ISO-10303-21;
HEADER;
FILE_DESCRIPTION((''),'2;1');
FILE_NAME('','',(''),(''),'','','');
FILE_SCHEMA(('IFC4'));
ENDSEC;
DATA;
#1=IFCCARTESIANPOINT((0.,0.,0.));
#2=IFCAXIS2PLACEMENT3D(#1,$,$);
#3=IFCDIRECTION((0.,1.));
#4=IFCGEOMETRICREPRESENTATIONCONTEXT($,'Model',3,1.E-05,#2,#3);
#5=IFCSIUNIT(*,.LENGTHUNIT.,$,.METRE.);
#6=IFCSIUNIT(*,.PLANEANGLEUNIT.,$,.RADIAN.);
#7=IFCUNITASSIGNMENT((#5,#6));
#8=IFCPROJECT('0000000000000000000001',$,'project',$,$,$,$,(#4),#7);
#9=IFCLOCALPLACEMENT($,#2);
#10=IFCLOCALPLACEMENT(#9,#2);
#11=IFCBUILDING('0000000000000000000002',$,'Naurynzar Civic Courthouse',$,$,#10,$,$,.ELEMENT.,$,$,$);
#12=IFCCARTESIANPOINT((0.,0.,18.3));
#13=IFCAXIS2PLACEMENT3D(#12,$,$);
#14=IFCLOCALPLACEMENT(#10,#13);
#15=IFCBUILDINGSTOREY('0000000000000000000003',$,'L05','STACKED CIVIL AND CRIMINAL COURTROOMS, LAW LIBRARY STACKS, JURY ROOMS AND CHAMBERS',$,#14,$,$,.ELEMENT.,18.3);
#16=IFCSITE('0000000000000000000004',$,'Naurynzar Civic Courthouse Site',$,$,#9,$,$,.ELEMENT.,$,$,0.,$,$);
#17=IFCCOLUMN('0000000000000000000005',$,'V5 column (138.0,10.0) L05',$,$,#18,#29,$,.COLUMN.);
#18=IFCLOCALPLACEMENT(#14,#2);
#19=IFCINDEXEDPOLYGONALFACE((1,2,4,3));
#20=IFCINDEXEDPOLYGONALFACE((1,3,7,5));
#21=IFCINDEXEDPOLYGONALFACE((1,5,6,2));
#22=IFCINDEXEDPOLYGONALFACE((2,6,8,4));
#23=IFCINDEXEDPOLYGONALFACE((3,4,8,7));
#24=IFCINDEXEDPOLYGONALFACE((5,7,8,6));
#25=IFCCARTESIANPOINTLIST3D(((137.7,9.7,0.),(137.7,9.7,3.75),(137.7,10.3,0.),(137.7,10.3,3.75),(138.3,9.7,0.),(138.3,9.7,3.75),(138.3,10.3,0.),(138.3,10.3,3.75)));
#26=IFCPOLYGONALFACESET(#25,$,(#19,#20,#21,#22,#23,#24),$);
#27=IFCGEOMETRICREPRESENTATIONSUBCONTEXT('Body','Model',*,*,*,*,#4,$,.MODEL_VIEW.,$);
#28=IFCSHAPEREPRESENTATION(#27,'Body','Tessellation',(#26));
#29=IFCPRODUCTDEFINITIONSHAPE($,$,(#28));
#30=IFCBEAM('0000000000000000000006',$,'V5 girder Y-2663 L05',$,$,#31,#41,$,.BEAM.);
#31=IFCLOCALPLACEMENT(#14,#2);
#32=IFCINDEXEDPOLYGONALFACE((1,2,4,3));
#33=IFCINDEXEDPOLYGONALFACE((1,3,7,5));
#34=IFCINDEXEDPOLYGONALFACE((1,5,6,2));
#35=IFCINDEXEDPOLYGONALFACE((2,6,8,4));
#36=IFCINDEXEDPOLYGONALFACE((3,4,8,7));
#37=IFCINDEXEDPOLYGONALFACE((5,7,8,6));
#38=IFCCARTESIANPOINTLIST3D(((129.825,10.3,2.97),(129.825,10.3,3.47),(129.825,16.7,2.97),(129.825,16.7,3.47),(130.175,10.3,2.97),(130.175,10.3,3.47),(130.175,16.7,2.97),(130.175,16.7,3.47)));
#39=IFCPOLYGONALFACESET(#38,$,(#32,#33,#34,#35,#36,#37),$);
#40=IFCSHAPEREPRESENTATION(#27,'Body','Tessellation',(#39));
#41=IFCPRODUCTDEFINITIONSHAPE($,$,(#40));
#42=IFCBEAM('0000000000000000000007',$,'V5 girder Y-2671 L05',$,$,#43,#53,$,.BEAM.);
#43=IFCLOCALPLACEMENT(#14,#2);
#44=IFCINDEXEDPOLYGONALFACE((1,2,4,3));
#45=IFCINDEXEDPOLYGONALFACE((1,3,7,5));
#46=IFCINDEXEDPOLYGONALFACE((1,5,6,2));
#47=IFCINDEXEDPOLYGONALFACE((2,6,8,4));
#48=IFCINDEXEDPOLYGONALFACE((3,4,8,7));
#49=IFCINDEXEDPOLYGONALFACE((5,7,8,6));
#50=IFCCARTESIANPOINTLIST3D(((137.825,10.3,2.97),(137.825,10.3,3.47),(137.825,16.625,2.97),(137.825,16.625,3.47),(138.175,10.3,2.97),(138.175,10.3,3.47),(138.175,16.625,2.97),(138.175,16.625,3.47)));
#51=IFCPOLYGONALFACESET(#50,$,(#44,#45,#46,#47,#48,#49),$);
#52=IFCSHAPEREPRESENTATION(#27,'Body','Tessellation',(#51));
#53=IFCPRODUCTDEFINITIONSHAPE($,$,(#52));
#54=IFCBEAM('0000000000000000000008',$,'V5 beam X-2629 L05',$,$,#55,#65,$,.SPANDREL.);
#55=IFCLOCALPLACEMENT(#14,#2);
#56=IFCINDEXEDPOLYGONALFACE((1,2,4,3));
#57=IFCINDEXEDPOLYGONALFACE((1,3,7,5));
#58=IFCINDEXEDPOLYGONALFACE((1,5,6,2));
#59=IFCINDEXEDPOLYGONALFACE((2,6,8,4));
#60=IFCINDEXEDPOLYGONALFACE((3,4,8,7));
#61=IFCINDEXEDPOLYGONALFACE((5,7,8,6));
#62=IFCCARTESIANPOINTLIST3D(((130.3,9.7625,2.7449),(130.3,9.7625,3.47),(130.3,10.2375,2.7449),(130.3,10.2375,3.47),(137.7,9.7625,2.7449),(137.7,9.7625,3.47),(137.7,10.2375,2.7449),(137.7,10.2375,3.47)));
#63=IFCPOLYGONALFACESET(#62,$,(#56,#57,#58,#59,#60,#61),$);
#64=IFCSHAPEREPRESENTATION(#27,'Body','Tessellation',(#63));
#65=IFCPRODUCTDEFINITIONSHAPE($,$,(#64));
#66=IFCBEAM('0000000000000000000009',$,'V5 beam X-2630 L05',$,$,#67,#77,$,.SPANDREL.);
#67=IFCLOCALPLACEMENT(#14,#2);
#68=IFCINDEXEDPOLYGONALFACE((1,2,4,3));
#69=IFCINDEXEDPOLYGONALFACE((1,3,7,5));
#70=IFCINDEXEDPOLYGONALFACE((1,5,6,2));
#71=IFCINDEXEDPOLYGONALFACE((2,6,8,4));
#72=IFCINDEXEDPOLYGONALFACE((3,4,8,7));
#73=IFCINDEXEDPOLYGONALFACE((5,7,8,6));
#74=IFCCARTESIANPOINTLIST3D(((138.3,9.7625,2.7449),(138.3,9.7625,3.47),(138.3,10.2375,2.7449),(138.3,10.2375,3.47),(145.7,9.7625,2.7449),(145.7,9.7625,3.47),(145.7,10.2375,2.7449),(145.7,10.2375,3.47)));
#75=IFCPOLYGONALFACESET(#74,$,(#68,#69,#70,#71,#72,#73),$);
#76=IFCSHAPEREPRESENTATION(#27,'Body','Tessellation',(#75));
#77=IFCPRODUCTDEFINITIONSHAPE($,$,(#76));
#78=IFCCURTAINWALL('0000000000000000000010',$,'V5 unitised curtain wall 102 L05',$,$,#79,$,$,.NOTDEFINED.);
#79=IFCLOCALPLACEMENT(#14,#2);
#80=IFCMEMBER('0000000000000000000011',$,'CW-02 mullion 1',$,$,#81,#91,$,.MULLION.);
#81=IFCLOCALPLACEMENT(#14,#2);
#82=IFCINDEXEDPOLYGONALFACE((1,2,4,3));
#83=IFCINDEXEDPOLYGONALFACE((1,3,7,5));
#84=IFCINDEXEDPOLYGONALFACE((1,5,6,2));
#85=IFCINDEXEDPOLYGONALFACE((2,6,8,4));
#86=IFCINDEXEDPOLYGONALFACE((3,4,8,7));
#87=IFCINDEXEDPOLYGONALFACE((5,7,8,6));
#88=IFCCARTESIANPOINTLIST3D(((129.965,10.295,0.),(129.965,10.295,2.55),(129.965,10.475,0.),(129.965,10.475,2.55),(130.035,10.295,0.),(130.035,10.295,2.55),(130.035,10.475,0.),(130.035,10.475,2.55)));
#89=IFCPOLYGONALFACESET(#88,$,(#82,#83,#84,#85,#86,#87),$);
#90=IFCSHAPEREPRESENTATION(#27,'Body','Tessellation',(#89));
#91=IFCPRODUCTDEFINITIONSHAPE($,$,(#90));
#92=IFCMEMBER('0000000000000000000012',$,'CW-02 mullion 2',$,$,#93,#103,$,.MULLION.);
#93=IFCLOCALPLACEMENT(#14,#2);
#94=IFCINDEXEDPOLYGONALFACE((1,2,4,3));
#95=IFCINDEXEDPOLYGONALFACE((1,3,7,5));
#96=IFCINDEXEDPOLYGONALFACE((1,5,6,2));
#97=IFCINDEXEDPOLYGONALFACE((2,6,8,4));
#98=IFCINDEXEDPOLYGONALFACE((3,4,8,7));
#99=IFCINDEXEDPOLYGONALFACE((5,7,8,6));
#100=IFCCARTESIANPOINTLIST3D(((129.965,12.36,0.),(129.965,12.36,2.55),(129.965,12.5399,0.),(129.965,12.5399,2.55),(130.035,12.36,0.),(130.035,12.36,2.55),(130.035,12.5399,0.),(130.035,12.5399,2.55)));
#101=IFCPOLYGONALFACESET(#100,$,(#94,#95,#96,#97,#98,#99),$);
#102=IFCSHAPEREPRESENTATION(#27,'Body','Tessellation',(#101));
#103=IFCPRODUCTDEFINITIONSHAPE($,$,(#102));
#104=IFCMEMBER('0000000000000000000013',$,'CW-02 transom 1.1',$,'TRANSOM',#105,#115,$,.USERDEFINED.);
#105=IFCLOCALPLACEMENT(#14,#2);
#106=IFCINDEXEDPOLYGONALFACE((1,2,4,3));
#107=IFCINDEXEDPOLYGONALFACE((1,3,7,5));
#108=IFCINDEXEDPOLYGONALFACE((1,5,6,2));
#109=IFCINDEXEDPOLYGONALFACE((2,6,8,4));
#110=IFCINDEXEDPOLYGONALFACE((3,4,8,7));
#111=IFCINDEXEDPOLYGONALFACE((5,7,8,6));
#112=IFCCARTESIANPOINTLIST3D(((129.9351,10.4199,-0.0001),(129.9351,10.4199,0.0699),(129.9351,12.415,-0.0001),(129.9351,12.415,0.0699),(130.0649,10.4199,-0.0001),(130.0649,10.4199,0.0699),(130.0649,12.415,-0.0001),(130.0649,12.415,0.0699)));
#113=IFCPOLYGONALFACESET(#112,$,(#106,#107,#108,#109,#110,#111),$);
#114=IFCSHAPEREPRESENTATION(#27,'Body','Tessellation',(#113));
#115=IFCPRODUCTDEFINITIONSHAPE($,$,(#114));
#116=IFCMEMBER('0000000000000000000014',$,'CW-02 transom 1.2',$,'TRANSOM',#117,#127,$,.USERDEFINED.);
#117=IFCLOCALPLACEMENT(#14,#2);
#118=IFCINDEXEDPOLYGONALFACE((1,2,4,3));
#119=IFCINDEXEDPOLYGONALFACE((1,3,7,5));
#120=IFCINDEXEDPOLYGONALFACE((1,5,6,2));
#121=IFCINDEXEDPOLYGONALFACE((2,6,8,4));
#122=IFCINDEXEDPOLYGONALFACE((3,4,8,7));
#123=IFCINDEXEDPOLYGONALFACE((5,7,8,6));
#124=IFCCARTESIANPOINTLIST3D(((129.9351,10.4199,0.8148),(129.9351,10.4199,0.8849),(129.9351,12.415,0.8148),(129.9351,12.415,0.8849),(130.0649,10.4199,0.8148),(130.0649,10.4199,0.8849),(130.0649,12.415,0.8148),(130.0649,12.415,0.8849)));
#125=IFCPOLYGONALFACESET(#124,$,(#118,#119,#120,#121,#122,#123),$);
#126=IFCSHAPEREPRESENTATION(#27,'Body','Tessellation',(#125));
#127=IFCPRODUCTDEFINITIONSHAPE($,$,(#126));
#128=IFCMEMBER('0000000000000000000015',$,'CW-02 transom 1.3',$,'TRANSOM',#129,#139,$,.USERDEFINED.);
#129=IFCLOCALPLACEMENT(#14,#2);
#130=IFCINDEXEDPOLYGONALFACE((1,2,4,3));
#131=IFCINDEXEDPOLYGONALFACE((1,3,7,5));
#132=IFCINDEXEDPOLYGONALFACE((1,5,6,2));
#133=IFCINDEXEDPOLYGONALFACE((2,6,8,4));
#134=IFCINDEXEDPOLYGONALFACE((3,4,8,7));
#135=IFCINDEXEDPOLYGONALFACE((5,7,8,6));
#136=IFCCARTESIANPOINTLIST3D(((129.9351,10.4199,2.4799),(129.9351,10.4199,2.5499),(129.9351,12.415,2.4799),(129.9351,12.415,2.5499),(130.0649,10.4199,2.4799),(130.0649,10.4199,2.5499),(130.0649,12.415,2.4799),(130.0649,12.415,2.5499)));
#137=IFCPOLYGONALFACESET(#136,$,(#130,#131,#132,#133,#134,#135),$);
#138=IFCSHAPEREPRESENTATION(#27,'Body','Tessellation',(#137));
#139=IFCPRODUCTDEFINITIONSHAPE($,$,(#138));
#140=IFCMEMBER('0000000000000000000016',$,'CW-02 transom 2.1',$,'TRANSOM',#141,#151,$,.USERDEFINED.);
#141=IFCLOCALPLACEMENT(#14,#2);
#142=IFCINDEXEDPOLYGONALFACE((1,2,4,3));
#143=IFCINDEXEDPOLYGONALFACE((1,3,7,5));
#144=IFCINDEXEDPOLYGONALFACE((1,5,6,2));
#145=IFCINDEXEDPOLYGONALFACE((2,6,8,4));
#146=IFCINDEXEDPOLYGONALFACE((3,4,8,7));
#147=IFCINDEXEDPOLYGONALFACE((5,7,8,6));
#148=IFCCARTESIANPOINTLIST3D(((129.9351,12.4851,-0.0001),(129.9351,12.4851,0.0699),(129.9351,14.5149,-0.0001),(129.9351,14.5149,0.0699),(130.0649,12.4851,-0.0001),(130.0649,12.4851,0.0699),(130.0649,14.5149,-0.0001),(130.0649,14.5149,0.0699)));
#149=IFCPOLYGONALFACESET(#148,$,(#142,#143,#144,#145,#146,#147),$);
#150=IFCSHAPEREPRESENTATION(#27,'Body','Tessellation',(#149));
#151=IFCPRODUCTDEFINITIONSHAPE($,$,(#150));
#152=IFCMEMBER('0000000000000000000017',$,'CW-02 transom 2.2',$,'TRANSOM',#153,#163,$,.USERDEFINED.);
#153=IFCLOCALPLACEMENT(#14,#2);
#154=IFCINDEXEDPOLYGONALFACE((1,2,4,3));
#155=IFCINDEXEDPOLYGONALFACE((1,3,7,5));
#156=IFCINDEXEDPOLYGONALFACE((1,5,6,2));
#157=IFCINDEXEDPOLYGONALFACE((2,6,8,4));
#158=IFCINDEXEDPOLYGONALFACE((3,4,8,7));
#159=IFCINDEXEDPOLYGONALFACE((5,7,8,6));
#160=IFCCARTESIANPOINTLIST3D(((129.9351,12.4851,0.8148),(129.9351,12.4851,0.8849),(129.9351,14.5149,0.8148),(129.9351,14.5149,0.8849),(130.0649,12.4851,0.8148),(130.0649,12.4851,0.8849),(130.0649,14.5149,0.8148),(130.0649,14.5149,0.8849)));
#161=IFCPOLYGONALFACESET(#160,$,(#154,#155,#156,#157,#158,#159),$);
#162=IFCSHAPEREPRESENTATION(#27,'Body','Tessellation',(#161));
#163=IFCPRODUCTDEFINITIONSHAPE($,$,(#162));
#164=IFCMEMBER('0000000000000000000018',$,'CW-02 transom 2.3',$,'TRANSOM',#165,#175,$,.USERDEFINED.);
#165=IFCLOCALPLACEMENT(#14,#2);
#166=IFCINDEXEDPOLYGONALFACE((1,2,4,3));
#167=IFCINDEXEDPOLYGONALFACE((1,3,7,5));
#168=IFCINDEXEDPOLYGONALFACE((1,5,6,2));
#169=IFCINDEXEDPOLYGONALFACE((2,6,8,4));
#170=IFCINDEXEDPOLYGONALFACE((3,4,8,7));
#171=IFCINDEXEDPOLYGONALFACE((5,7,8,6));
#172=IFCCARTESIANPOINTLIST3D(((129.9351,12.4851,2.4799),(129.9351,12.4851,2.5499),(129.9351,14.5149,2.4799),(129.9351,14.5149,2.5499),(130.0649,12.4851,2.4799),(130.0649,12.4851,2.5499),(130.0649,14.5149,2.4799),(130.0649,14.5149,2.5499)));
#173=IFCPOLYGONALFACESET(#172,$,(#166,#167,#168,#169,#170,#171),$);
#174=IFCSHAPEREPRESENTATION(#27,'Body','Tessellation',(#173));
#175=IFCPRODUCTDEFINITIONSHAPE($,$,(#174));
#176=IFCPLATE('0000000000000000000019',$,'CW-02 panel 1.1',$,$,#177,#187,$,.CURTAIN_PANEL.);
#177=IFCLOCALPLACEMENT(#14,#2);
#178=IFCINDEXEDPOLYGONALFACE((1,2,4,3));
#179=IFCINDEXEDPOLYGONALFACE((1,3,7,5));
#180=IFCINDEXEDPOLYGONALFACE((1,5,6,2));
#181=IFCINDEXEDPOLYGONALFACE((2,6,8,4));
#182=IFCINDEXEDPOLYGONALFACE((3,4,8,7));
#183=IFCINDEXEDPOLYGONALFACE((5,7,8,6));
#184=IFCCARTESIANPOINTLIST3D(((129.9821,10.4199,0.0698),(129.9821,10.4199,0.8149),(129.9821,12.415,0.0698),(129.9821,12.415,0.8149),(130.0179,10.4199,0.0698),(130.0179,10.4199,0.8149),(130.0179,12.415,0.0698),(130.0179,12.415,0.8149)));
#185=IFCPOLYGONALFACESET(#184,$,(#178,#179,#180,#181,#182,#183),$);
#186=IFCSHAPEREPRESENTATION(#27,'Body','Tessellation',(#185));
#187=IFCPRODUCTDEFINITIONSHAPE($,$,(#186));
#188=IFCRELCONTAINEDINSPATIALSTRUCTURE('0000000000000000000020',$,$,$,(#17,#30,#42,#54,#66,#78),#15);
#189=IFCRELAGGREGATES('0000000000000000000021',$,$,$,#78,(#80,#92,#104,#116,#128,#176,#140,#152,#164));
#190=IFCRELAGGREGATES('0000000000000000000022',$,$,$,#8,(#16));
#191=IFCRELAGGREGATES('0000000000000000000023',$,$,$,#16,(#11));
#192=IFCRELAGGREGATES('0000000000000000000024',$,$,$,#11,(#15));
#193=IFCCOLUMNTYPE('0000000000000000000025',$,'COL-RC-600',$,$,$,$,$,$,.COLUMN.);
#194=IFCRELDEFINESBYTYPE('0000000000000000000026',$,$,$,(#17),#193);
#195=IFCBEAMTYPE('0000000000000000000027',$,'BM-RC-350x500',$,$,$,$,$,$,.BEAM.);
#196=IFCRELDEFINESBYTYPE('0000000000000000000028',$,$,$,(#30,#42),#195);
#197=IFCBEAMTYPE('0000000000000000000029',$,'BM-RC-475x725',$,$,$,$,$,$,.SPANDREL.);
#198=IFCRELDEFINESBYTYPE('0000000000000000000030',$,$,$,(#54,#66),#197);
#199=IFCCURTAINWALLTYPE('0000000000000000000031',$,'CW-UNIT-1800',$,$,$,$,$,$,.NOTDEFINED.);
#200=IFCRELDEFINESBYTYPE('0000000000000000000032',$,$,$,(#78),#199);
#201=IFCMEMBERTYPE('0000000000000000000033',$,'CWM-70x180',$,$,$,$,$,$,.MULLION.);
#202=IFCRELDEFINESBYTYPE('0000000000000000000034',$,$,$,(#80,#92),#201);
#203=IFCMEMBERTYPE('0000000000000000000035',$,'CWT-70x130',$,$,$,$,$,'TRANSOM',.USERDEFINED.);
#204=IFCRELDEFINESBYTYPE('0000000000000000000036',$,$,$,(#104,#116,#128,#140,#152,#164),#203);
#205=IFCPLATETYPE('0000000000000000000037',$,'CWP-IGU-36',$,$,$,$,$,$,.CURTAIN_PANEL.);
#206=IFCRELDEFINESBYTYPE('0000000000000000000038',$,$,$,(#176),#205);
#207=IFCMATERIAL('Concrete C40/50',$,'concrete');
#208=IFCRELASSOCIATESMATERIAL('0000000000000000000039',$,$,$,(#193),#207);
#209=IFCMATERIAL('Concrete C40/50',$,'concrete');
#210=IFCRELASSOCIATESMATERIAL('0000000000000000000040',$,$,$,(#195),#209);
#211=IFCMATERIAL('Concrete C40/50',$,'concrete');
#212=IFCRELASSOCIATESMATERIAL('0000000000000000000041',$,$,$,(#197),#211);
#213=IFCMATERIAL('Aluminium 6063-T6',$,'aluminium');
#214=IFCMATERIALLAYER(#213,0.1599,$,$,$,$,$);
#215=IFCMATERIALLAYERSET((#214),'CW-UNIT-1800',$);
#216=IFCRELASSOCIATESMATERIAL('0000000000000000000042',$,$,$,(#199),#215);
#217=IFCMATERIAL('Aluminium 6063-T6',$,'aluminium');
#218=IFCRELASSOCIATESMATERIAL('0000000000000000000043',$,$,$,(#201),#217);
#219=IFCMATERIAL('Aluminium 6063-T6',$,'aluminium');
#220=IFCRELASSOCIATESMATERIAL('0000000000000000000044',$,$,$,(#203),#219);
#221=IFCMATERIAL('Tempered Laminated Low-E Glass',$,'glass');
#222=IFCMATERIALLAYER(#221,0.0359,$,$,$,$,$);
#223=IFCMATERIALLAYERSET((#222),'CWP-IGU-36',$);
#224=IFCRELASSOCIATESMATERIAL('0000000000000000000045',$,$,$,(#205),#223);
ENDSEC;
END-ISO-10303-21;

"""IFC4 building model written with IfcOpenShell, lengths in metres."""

from ifc_helpers import new_model, si_unit, direction, frame, origin, origin_2d, place, context, subcontext, project, spatial, rectangle, extrude, material, layer, layer_set, material_profile, profile_set, type_object, element, aggregate, save


model = new_model("IFC4")

# Units and contexts
model_context = context("Model", 3, precision=1e-05, world=origin(), true_north=direction((0.0, 1.0)))
body_context = subcontext(model_context, "Body", "Model", "MODEL_VIEW")
ifc_project = project(units=[si_unit("LENGTHUNIT", "METRE"), si_unit("PLANEANGLEUNIT", "RADIAN")], contexts=[model_context])

# Site, building, storey
site_placement = place(None, origin())
site = spatial("IfcSite", under=ifc_project, at=site_placement, Name="Naurynzar Civic Courthouse Site", CompositionType="ELEMENT", RefElevation=0.0)
building_placement = place(site_placement, origin())
building = spatial("IfcBuilding", under=site, at=building_placement, Name="Naurynzar Civic Courthouse", CompositionType="ELEMENT")
storey_placement = place(building_placement, frame((0.0, 0.0, 18.3)))
storey = spatial("IfcBuildingStorey", under=building, at=storey_placement, Name="L05", Description="STACKED CIVIL AND CRIMINAL COURTROOMS, LAW LIBRARY STACKS, JURY ROOMS AND CHAMBERS", CompositionType="ELEMENT", Elevation=18.3)

# Column
ifc_material_1 = material(Name="Concrete C40/50", Category="concrete")
ifc_material_profile_1 = material_profile(ifc_material_1, rectangle(XDim=0.6001, YDim=0.6001, at=origin_2d()), Name="RC 600x600")
ifc_profile_set_1 = profile_set([ifc_material_profile_1], Name="Concrete C40/50")
column_type = type_object("IfcColumnType", Name="COL-RC-600", PredefinedType="COLUMN", material=ifc_profile_set_1)
column_placement = place(storey_placement, frame((138.0, 10.0, 0.0), z_axis=(0.0, 0.0, 1.0), x_axis=(1.0, 0.0, 0.0)))
element("IfcColumn", 1, at=column_placement, inside=storey, type_object=column_type, Name="V5 column (138.0,10.0) L05", PredefinedType="COLUMN", context=body_context, shape_type="SweptSolid", body=[
    extrude(rectangle(XDim=0.6001, YDim=0.6001, at=origin_2d()), origin(), (0.0, 0.0, 1.0), 3.75),
])

# Beams
ifc_material_2 = material(Name="Concrete C40/50", Category="concrete")
ifc_material_profile_2 = material_profile(ifc_material_2, rectangle(XDim=0.3501, YDim=0.5, at=origin_2d()), Name="RCB 350x500")
ifc_profile_set_2 = profile_set([ifc_material_profile_2], Name="Concrete C40/50")
beam_type_1 = type_object("IfcBeamType", Name="BM-RC-350x500", PredefinedType="BEAM", material=ifc_profile_set_2)
beam_1_placement = place(storey_placement, frame((130.0, 10.3, 3.22), z_axis=(0.0, 1.0, 0.0), x_axis=(-1.0, 0.0, 0.0)))
element("IfcBeam", 2, at=beam_1_placement, inside=storey, type_object=beam_type_1, Name="V5 girder Y-2663 L05", PredefinedType="BEAM", context=body_context, shape_type="SweptSolid", body=[
    extrude(rectangle(XDim=0.3501, YDim=0.5, at=origin_2d()), origin(), (0.0, 0.0, 1.0), 6.3999),
])
beam_2_placement = place(storey_placement, frame((138.0, 10.3, 3.22), z_axis=(0.0, 1.0, 0.0), x_axis=(-1.0, 0.0, 0.0)))
element("IfcBeam", 3, at=beam_2_placement, inside=storey, type_object=beam_type_1, Name="V5 girder Y-2671 L05", PredefinedType="BEAM", context=body_context, shape_type="SweptSolid", body=[
    extrude(rectangle(XDim=0.3501, YDim=0.5, at=origin_2d()), origin(), (0.0, 0.0, 1.0), 6.325),
])
ifc_material_3 = material(Name="Concrete C40/50", Category="concrete")
ifc_material_profile_3 = material_profile(ifc_material_3, rectangle(XDim=0.4751, YDim=0.7251, at=origin_2d()), Name="RCB 475x725")
ifc_profile_set_3 = profile_set([ifc_material_profile_3], Name="Concrete C40/50")
beam_type_2 = type_object("IfcBeamType", Name="BM-RC-475x725", PredefinedType="SPANDREL", material=ifc_profile_set_3)
for number, where, z_axis, x_axis, name in (
    (4, (130.3, 10.0, 3.1074), (1.0, 0.0, 0.0), (0.0, 1.0, 0.0), "V5 beam X-2629 L05"),
    (5, (138.3, 10.0, 3.1074), (1.0, 0.0, 0.0), (0.0, 1.0, 0.0), "V5 beam X-2630 L05"),
):
    element("IfcBeam", number, at=place(storey_placement, frame(where, z_axis=z_axis, x_axis=x_axis)), inside=storey, type_object=beam_type_2, Name=name, PredefinedType="SPANDREL", context=body_context, shape_type="SweptSolid", body=[
        extrude(rectangle(XDim=0.4751, YDim=0.7251, at=origin_2d()), origin(), (0.0, 0.0, 1.0), 7.3999),
    ])

# Curtain wall, members, plate
ifc_material_4 = material(Name="Aluminium 6063-T6", Category="aluminium")
ifc_layer_1 = layer(ifc_material_4, 0.1599)
ifc_layer_set_1 = layer_set([ifc_layer_1], Name="CW-UNIT-1800")
curtain_wall_type = type_object("IfcCurtainWallType", Name="CW-UNIT-1800", PredefinedType="NOTDEFINED", material=ifc_layer_set_1)
curtain_wall_placement = place(storey_placement, origin())
curtain_wall = element("IfcCurtainWall", 6, at=curtain_wall_placement, inside=storey, type_object=curtain_wall_type, Name="V5 unitised curtain wall 102 L05", PredefinedType="NOTDEFINED")
ifc_material_5 = material(Name="Aluminium 6063-T6", Category="aluminium")
ifc_material_profile_4 = material_profile(ifc_material_5, rectangle(XDim=0.0701, YDim=0.1799, at=origin_2d()), Name="ALU MULLION 70x180")
ifc_profile_set_4 = profile_set([ifc_material_profile_4], Name="Aluminium 6063-T6")
member_type_1 = type_object("IfcMemberType", Name="CWM-70x180", PredefinedType="MULLION", material=ifc_profile_set_4)
member_1_placement = place(storey_placement, frame((130.0, 10.385, 0.0), z_axis=(0.0, 0.0, 1.0), x_axis=(-1.0, 0.0, 0.0)))
member_1 = element("IfcMember", 7, at=member_1_placement, type_object=member_type_1, Name="CW-02 mullion 1", PredefinedType="MULLION", context=body_context, shape_type="SweptSolid", body=[
    extrude(rectangle(XDim=0.0701, YDim=0.1799, at=origin_2d()), origin(), (0.0, 0.0, 1.0), 2.55),
])
member_2_placement = place(storey_placement, frame((130.0, 12.45, 0.0), z_axis=(0.0, 0.0, 1.0), x_axis=(-1.0, 0.0, 0.0)))
member_2 = element("IfcMember", 8, at=member_2_placement, type_object=member_type_1, Name="CW-02 mullion 2", PredefinedType="MULLION", context=body_context, shape_type="SweptSolid", body=[
    extrude(rectangle(XDim=0.0701, YDim=0.1799, at=origin_2d()), origin(), (0.0, 0.0, 1.0), 2.55),
])
ifc_material_6 = material(Name="Aluminium 6063-T6", Category="aluminium")
ifc_material_profile_5 = material_profile(ifc_material_6, rectangle(XDim=0.1299, YDim=0.0701, at=origin_2d()), Name="ALU TRANSOM 70x130")
ifc_profile_set_5 = profile_set([ifc_material_profile_5], Name="Aluminium 6063-T6")
member_type_2 = type_object("IfcMemberType", Name="CWT-70x130", ElementType="TRANSOM", PredefinedType="USERDEFINED", material=ifc_profile_set_5)
member_3_placement = place(storey_placement, frame((130.0, 10.4199, 0.0349), z_axis=(0.0, 1.0, 0.0), x_axis=(-1.0, 0.0, 0.0)))
member_3 = element("IfcMember", 9, at=member_3_placement, type_object=member_type_2, Name="CW-02 transom 1.1", ObjectType="TRANSOM", PredefinedType="USERDEFINED", context=body_context, shape_type="SweptSolid", body=[
    extrude(rectangle(XDim=0.1299, YDim=0.0701, at=origin_2d()), origin(), (0.0, 0.0, 1.0), 1.9951),
])
member_4_placement = place(storey_placement, frame((130.0, 10.4199, 0.8499), z_axis=(0.0, 1.0, 0.0), x_axis=(-1.0, 0.0, 0.0)))
member_4 = element("IfcMember", 10, at=member_4_placement, type_object=member_type_2, Name="CW-02 transom 1.2", ObjectType="TRANSOM", PredefinedType="USERDEFINED", context=body_context, shape_type="SweptSolid", body=[
    extrude(rectangle(XDim=0.1299, YDim=0.0701, at=origin_2d()), origin(), (0.0, 0.0, 1.0), 1.9951),
])
member_5_placement = place(storey_placement, frame((130.0, 10.4199, 2.5149), z_axis=(0.0, 1.0, 0.0), x_axis=(-1.0, 0.0, 0.0)))
member_5 = element("IfcMember", 11, at=member_5_placement, type_object=member_type_2, Name="CW-02 transom 1.3", ObjectType="TRANSOM", PredefinedType="USERDEFINED", context=body_context, shape_type="SweptSolid", body=[
    extrude(rectangle(XDim=0.1299, YDim=0.0701, at=origin_2d()), origin(), (0.0, 0.0, 1.0), 1.9951),
])
member_6_placement = place(storey_placement, frame((130.0, 12.4851, 0.0349), z_axis=(0.0, 1.0, 0.0), x_axis=(-1.0, 0.0, 0.0)))
member_6 = element("IfcMember", 12, at=member_6_placement, type_object=member_type_2, Name="CW-02 transom 2.1", ObjectType="TRANSOM", PredefinedType="USERDEFINED", context=body_context, shape_type="SweptSolid", body=[
    extrude(rectangle(XDim=0.1299, YDim=0.0701, at=origin_2d()), origin(), (0.0, 0.0, 1.0), 2.0298),
])
member_7_placement = place(storey_placement, frame((130.0, 12.4851, 0.8499), z_axis=(0.0, 1.0, 0.0), x_axis=(-1.0, 0.0, 0.0)))
member_7 = element("IfcMember", 13, at=member_7_placement, type_object=member_type_2, Name="CW-02 transom 2.2", ObjectType="TRANSOM", PredefinedType="USERDEFINED", context=body_context, shape_type="SweptSolid", body=[
    extrude(rectangle(XDim=0.1299, YDim=0.0701, at=origin_2d()), origin(), (0.0, 0.0, 1.0), 2.0298),
])
member_8_placement = place(storey_placement, frame((130.0, 12.4851, 2.5149), z_axis=(0.0, 1.0, 0.0), x_axis=(-1.0, 0.0, 0.0)))
member_8 = element("IfcMember", 14, at=member_8_placement, type_object=member_type_2, Name="CW-02 transom 2.3", ObjectType="TRANSOM", PredefinedType="USERDEFINED", context=body_context, shape_type="SweptSolid", body=[
    extrude(rectangle(XDim=0.1299, YDim=0.0701, at=origin_2d()), origin(), (0.0, 0.0, 1.0), 2.0298),
])
ifc_material_7 = material(Name="Tempered Laminated Low-E Glass", Category="glass")
ifc_layer_2 = layer(ifc_material_7, 0.0359)
ifc_layer_set_2 = layer_set([ifc_layer_2], Name="CWP-IGU-36")
plate_type = type_object("IfcPlateType", Name="CWP-IGU-36", PredefinedType="CURTAIN_PANEL", material=ifc_layer_set_2)
plate_1_placement = place(storey_placement, frame((130.0, 11.4175, 0.0698), z_axis=(0.0, 0.0, 1.0), x_axis=(0.0, 1.0, 0.0)))
plate_1 = element("IfcPlate", 15, at=plate_1_placement, type_object=plate_type, Name="CW-02 panel 1.1", PredefinedType="CURTAIN_PANEL", context=body_context, shape_type="SweptSolid", body=[
    extrude(rectangle(XDim=1.9951, YDim=0.0359, at=origin_2d()), origin(), (0.0, 0.0, 1.0), 0.7451),
])
aggregate(curtain_wall, [member_1, member_2, member_3, member_4, member_5, plate_1, member_6, member_7, member_8])

save(model, "model.ifc")
